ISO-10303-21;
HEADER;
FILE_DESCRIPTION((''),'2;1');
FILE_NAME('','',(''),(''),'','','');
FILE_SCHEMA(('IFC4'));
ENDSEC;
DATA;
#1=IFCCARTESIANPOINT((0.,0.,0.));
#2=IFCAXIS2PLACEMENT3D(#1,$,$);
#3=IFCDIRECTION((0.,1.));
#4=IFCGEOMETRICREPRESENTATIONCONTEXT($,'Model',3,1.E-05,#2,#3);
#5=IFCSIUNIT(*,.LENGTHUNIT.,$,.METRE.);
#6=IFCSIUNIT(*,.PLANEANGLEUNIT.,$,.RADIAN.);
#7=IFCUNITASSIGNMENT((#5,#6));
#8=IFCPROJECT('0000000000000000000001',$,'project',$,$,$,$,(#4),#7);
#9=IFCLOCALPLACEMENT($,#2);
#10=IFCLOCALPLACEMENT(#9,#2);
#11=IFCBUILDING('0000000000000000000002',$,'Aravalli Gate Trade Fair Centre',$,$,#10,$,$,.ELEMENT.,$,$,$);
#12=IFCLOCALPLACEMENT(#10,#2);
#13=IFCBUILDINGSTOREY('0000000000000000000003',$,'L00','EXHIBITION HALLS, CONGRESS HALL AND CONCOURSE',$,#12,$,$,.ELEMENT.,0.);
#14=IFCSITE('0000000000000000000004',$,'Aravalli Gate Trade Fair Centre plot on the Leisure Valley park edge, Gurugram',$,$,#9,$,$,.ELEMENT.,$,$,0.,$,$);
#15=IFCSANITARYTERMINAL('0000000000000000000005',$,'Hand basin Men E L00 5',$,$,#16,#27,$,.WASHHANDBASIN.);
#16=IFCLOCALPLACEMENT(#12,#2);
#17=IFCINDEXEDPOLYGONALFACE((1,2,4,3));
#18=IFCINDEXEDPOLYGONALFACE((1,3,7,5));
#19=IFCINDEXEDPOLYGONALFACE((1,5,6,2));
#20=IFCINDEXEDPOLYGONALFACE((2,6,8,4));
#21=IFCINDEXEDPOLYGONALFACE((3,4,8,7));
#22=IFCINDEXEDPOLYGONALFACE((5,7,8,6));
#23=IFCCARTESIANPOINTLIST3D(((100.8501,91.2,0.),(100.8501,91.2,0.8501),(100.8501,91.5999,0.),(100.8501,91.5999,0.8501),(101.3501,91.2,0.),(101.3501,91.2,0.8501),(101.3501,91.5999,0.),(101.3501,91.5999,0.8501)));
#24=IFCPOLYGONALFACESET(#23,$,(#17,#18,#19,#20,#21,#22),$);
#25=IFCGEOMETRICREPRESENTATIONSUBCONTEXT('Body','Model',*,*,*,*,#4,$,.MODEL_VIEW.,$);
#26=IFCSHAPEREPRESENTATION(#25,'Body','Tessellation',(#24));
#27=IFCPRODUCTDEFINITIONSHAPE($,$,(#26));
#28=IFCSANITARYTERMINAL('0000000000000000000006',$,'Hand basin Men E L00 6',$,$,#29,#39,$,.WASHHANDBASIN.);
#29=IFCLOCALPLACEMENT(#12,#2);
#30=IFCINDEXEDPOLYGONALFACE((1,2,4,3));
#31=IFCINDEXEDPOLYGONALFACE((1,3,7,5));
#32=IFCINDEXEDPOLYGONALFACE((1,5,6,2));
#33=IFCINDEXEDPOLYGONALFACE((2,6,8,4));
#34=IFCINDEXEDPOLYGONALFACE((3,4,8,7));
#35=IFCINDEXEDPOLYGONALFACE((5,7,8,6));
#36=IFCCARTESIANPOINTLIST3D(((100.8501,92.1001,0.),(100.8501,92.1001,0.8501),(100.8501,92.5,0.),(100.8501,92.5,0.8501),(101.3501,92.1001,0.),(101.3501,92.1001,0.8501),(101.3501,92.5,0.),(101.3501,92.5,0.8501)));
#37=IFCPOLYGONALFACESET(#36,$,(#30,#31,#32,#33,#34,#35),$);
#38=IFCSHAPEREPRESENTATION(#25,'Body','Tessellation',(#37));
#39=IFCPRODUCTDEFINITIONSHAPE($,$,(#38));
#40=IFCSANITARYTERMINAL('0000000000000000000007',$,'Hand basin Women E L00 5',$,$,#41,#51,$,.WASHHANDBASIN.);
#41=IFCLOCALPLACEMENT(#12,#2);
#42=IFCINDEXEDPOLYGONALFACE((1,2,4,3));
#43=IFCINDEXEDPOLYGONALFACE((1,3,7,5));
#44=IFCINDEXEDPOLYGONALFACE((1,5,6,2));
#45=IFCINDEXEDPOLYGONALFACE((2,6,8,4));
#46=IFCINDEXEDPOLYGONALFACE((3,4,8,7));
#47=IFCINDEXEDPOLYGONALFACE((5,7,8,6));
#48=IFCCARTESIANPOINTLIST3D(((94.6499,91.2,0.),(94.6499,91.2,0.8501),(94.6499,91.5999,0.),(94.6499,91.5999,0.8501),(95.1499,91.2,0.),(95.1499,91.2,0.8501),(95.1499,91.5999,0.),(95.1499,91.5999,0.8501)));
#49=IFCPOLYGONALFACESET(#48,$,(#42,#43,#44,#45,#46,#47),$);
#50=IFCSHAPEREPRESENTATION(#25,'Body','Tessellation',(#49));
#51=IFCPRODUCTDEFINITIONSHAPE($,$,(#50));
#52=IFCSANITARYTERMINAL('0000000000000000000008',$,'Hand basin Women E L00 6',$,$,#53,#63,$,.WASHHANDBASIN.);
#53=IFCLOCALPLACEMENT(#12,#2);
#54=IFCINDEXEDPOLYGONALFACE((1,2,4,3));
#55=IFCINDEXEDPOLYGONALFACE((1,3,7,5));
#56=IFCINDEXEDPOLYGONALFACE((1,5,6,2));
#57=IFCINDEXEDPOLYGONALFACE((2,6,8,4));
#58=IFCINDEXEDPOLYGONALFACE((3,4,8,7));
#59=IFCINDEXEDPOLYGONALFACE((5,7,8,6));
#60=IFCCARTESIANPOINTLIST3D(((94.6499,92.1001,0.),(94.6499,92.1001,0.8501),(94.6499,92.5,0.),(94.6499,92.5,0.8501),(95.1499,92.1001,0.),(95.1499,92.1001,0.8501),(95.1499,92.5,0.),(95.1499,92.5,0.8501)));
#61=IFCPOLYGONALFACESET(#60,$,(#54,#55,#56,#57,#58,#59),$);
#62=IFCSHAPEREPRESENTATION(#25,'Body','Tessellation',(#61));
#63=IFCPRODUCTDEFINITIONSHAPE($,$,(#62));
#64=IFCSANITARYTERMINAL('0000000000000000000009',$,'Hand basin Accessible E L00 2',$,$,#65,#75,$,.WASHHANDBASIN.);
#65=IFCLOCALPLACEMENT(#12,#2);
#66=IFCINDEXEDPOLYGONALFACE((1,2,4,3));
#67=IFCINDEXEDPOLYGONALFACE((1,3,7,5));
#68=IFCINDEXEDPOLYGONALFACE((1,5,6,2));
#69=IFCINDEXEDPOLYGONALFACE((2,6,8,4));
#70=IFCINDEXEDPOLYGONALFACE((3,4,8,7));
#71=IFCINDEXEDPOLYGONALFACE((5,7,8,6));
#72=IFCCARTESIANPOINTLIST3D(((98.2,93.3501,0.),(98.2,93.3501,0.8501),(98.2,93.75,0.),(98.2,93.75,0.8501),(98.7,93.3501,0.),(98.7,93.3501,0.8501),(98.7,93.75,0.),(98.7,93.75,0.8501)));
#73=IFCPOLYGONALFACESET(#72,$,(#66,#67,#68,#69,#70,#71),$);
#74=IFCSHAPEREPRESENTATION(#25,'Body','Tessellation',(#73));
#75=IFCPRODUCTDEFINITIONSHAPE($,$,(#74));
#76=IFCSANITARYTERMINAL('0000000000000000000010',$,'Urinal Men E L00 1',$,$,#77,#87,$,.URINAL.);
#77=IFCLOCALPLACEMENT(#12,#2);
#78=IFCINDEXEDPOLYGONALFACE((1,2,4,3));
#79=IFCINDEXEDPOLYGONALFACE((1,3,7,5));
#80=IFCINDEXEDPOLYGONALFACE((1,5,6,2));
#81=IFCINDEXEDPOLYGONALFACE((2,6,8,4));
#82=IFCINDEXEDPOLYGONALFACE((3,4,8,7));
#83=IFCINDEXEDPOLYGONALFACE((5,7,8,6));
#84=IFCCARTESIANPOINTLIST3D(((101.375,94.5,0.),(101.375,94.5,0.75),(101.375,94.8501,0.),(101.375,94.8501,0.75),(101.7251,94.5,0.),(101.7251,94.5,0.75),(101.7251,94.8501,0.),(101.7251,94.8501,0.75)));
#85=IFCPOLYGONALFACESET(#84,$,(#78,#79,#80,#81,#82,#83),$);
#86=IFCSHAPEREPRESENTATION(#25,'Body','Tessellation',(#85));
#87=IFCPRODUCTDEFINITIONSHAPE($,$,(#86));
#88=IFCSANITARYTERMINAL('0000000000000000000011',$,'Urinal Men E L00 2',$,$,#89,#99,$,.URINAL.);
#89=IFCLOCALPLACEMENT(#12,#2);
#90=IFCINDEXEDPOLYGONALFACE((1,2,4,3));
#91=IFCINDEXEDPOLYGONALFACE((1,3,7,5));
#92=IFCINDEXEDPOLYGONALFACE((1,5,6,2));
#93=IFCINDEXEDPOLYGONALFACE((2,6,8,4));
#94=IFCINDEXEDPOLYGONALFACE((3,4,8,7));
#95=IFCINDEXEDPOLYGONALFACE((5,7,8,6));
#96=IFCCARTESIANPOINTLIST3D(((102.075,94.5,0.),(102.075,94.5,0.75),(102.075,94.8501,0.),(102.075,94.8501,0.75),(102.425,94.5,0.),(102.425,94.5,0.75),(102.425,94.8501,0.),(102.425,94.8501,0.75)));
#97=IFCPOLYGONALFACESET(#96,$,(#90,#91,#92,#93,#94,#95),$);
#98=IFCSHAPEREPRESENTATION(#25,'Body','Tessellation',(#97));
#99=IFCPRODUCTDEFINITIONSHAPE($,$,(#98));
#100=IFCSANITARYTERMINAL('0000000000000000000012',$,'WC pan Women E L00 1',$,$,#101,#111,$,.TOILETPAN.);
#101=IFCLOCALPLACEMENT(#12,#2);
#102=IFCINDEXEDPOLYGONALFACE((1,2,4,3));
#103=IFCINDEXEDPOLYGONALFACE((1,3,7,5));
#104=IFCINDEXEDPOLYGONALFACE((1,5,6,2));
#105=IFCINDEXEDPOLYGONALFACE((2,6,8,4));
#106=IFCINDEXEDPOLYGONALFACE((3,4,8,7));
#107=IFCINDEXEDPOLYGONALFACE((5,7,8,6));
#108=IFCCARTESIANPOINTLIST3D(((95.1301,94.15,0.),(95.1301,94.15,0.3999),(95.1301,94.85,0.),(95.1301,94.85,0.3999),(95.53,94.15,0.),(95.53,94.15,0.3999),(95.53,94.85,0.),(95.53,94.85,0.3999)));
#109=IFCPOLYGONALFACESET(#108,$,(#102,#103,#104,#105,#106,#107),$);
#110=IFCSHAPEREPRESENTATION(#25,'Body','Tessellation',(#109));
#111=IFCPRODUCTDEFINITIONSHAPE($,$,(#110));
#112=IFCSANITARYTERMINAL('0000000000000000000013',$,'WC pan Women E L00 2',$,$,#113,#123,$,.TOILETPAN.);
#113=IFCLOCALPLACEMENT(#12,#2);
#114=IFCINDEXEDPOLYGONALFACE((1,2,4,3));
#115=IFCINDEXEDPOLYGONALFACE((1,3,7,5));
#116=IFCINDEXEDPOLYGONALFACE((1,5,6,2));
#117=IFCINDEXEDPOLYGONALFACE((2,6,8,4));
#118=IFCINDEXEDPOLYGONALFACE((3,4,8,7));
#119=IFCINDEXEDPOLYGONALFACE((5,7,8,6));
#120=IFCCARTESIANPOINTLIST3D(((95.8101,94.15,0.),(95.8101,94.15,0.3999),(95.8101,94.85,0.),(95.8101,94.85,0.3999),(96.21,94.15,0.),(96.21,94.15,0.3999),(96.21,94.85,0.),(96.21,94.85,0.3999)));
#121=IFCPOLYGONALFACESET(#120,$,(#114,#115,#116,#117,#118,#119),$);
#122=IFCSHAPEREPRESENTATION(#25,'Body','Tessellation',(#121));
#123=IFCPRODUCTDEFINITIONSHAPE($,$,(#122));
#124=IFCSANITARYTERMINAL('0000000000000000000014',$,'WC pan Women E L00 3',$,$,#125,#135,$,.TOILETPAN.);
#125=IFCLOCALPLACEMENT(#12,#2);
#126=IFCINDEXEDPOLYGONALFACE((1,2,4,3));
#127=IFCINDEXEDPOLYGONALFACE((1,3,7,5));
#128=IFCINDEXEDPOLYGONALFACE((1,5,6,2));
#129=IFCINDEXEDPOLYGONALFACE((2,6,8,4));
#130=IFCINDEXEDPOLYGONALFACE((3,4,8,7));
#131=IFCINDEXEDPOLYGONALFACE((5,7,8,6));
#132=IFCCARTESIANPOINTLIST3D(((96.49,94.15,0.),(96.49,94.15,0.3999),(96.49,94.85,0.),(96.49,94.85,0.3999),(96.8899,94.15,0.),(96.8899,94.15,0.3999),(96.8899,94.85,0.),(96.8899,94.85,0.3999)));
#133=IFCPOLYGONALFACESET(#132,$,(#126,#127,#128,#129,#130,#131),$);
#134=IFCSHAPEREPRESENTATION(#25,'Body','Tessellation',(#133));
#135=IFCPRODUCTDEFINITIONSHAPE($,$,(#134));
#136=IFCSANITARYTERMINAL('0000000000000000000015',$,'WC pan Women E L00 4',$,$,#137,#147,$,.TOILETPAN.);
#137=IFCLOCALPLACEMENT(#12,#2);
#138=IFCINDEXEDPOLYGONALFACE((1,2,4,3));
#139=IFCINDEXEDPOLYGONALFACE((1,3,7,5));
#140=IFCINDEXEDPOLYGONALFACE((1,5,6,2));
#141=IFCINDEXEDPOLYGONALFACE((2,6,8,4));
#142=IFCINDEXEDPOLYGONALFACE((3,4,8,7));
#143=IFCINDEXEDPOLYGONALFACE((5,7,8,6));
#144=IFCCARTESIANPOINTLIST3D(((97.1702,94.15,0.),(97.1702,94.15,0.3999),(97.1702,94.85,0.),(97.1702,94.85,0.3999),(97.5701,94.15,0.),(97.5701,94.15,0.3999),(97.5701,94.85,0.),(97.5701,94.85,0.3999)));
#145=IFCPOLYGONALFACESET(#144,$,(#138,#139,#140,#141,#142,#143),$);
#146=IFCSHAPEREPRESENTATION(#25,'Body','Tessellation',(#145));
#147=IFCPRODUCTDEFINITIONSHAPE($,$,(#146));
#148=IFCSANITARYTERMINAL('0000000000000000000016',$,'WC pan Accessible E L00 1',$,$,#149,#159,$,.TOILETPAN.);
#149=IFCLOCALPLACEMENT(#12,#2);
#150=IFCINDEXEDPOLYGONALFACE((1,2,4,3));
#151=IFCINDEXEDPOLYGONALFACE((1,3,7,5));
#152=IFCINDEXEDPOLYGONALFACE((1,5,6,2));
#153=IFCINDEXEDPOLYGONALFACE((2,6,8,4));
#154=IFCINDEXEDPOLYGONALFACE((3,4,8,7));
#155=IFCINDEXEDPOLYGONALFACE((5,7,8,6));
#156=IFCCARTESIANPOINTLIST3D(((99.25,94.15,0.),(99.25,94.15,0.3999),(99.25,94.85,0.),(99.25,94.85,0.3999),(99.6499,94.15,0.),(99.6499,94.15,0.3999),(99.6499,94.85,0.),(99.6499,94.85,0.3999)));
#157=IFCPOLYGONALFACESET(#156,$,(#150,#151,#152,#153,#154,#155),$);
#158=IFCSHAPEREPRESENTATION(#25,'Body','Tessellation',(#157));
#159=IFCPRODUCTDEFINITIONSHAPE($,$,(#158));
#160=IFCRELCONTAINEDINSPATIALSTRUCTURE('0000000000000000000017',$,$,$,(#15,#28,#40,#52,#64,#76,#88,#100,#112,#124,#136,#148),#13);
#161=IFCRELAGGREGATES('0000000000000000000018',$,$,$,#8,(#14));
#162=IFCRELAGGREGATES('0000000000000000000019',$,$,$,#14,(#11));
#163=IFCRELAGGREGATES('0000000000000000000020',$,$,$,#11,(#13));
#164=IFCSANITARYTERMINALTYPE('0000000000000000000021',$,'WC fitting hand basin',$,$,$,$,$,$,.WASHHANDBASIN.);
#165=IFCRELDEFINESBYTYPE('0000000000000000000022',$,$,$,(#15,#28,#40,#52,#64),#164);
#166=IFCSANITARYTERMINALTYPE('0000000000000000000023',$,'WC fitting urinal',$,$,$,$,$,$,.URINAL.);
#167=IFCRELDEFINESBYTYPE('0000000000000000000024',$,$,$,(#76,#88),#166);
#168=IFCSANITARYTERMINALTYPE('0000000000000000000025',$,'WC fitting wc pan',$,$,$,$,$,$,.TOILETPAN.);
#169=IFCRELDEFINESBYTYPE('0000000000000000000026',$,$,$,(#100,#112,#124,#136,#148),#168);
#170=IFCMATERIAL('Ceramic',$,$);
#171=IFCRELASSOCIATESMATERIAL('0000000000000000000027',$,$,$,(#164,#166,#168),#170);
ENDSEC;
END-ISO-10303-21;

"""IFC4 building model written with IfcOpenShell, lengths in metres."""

from ifc_helpers import new_model, si_unit, direction, frame, origin, origin_2d, place, context, subcontext, project, spatial, rectangle, extrude, material, type_object, element, save


model = new_model("IFC4")

# Units and contexts
model_context = context("Model", 3, precision=1e-05, world=origin(), true_north=direction((0.0, 1.0)))
body_context = subcontext(model_context, "Body", "Model", "MODEL_VIEW")
ifc_project = project(units=[si_unit("LENGTHUNIT", "METRE"), si_unit("PLANEANGLEUNIT", "RADIAN")], contexts=[model_context])

# Site, building, storey
site_placement = place(None, origin())
site = spatial("IfcSite", under=ifc_project, at=site_placement, Name="Aravalli Gate Trade Fair Centre plot on the Leisure Valley park edge, Gurugram", CompositionType="ELEMENT", RefElevation=0.0)
building_placement = place(site_placement, origin())
building = spatial("IfcBuilding", under=site, at=building_placement, Name="Aravalli Gate Trade Fair Centre", CompositionType="ELEMENT")
storey_placement = place(building_placement, origin())
storey = spatial("IfcBuildingStorey", under=building, at=storey_placement, Name="L00", Description="EXHIBITION HALLS, CONGRESS HALL AND CONCOURSE", CompositionType="ELEMENT", Elevation=0.0)

# Sanitary terminals
ifc_material_1 = material(Name="Ceramic")
sanitary_terminal_type_1 = type_object("IfcSanitaryTerminalType", Name="WC fitting hand basin", PredefinedType="WASHHANDBASIN", material=ifc_material_1)
for number, where, z_axis, x_axis, name in (
    (1, (101.1001, 91.3999, 0.0), (0.0, 0.0, 1.0), (1.0, 0.0, 0.0), "Hand basin Men E L00 5"),
    (2, (101.1001, 92.3, 0.0), (0.0, 0.0, 1.0), (1.0, 0.0, 0.0), "Hand basin Men E L00 6"),
    (3, (94.8999, 91.3999, 0.0), (0.0, 0.0, 1.0), (1.0, 0.0, 0.0), "Hand basin Women E L00 5"),
    (4, (94.8999, 92.3, 0.0), (0.0, 0.0, 1.0), (1.0, 0.0, 0.0), "Hand basin Women E L00 6"),
    (5, (98.45, 93.55, 0.0), (0.0, 0.0, 1.0), (1.0, 0.0, 0.0), "Hand basin Accessible E L00 2"),
):
    element("IfcSanitaryTerminal", number, at=place(storey_placement, frame(where, z_axis=z_axis, x_axis=x_axis)), inside=storey, type_object=sanitary_terminal_type_1, Name=name, PredefinedType="WASHHANDBASIN", context=body_context, shape_type="SweptSolid", body=[
        extrude(rectangle(XDim=0.5, YDim=0.3999, at=origin_2d()), origin(), (0.0, 0.0, 1.0), 0.8501),
    ])
sanitary_terminal_type_2 = type_object("IfcSanitaryTerminalType", Name="WC fitting urinal", PredefinedType="URINAL", material=ifc_material_1)
for number, where, z_axis, x_axis, name in (
    (6, (101.55, 94.675, 0.0), (0.0, 0.0, 1.0), (1.0, 0.0, 0.0), "Urinal Men E L00 1"),
    (7, (102.25, 94.675, 0.0), (0.0, 0.0, 1.0), (1.0, 0.0, 0.0), "Urinal Men E L00 2"),
):
    element("IfcSanitaryTerminal", number, at=place(storey_placement, frame(where, z_axis=z_axis, x_axis=x_axis)), inside=storey, type_object=sanitary_terminal_type_2, Name=name, PredefinedType="URINAL", context=body_context, shape_type="SweptSolid", body=[
        extrude(rectangle(XDim=0.3501, YDim=0.3501, at=origin_2d()), origin(), (0.0, 0.0, 1.0), 0.75),
    ])
sanitary_terminal_type_3 = type_object("IfcSanitaryTerminalType", Name="WC fitting wc pan", PredefinedType="TOILETPAN", material=ifc_material_1)
for number, where, z_axis, x_axis, name in (
    (8, (95.3301, 94.5, 0.0), (0.0, 0.0, 1.0), (1.0, 0.0, 0.0), "WC pan Women E L00 1"),
    (9, (96.01, 94.5, 0.0), (0.0, 0.0, 1.0), (1.0, 0.0, 0.0), "WC pan Women E L00 2"),
    (10, (96.6899, 94.5, 0.0), (0.0, 0.0, 1.0), (1.0, 0.0, 0.0), "WC pan Women E L00 3"),
    (11, (97.3701, 94.5, 0.0), (0.0, 0.0, 1.0), (1.0, 0.0, 0.0), "WC pan Women E L00 4"),
    (12, (99.45, 94.5, 0.0), (0.0, 0.0, 1.0), (1.0, 0.0, 0.0), "WC pan Accessible E L00 1"),
):
    element("IfcSanitaryTerminal", number, at=place(storey_placement, frame(where, z_axis=z_axis, x_axis=x_axis)), inside=storey, type_object=sanitary_terminal_type_3, Name=name, PredefinedType="TOILETPAN", context=body_context, shape_type="SweptSolid", body=[
        extrude(rectangle(XDim=0.3999, YDim=0.7, at=origin_2d()), origin(), (0.0, 0.0, 1.0), 0.3999),
    ])

save(model, "model.ifc")
